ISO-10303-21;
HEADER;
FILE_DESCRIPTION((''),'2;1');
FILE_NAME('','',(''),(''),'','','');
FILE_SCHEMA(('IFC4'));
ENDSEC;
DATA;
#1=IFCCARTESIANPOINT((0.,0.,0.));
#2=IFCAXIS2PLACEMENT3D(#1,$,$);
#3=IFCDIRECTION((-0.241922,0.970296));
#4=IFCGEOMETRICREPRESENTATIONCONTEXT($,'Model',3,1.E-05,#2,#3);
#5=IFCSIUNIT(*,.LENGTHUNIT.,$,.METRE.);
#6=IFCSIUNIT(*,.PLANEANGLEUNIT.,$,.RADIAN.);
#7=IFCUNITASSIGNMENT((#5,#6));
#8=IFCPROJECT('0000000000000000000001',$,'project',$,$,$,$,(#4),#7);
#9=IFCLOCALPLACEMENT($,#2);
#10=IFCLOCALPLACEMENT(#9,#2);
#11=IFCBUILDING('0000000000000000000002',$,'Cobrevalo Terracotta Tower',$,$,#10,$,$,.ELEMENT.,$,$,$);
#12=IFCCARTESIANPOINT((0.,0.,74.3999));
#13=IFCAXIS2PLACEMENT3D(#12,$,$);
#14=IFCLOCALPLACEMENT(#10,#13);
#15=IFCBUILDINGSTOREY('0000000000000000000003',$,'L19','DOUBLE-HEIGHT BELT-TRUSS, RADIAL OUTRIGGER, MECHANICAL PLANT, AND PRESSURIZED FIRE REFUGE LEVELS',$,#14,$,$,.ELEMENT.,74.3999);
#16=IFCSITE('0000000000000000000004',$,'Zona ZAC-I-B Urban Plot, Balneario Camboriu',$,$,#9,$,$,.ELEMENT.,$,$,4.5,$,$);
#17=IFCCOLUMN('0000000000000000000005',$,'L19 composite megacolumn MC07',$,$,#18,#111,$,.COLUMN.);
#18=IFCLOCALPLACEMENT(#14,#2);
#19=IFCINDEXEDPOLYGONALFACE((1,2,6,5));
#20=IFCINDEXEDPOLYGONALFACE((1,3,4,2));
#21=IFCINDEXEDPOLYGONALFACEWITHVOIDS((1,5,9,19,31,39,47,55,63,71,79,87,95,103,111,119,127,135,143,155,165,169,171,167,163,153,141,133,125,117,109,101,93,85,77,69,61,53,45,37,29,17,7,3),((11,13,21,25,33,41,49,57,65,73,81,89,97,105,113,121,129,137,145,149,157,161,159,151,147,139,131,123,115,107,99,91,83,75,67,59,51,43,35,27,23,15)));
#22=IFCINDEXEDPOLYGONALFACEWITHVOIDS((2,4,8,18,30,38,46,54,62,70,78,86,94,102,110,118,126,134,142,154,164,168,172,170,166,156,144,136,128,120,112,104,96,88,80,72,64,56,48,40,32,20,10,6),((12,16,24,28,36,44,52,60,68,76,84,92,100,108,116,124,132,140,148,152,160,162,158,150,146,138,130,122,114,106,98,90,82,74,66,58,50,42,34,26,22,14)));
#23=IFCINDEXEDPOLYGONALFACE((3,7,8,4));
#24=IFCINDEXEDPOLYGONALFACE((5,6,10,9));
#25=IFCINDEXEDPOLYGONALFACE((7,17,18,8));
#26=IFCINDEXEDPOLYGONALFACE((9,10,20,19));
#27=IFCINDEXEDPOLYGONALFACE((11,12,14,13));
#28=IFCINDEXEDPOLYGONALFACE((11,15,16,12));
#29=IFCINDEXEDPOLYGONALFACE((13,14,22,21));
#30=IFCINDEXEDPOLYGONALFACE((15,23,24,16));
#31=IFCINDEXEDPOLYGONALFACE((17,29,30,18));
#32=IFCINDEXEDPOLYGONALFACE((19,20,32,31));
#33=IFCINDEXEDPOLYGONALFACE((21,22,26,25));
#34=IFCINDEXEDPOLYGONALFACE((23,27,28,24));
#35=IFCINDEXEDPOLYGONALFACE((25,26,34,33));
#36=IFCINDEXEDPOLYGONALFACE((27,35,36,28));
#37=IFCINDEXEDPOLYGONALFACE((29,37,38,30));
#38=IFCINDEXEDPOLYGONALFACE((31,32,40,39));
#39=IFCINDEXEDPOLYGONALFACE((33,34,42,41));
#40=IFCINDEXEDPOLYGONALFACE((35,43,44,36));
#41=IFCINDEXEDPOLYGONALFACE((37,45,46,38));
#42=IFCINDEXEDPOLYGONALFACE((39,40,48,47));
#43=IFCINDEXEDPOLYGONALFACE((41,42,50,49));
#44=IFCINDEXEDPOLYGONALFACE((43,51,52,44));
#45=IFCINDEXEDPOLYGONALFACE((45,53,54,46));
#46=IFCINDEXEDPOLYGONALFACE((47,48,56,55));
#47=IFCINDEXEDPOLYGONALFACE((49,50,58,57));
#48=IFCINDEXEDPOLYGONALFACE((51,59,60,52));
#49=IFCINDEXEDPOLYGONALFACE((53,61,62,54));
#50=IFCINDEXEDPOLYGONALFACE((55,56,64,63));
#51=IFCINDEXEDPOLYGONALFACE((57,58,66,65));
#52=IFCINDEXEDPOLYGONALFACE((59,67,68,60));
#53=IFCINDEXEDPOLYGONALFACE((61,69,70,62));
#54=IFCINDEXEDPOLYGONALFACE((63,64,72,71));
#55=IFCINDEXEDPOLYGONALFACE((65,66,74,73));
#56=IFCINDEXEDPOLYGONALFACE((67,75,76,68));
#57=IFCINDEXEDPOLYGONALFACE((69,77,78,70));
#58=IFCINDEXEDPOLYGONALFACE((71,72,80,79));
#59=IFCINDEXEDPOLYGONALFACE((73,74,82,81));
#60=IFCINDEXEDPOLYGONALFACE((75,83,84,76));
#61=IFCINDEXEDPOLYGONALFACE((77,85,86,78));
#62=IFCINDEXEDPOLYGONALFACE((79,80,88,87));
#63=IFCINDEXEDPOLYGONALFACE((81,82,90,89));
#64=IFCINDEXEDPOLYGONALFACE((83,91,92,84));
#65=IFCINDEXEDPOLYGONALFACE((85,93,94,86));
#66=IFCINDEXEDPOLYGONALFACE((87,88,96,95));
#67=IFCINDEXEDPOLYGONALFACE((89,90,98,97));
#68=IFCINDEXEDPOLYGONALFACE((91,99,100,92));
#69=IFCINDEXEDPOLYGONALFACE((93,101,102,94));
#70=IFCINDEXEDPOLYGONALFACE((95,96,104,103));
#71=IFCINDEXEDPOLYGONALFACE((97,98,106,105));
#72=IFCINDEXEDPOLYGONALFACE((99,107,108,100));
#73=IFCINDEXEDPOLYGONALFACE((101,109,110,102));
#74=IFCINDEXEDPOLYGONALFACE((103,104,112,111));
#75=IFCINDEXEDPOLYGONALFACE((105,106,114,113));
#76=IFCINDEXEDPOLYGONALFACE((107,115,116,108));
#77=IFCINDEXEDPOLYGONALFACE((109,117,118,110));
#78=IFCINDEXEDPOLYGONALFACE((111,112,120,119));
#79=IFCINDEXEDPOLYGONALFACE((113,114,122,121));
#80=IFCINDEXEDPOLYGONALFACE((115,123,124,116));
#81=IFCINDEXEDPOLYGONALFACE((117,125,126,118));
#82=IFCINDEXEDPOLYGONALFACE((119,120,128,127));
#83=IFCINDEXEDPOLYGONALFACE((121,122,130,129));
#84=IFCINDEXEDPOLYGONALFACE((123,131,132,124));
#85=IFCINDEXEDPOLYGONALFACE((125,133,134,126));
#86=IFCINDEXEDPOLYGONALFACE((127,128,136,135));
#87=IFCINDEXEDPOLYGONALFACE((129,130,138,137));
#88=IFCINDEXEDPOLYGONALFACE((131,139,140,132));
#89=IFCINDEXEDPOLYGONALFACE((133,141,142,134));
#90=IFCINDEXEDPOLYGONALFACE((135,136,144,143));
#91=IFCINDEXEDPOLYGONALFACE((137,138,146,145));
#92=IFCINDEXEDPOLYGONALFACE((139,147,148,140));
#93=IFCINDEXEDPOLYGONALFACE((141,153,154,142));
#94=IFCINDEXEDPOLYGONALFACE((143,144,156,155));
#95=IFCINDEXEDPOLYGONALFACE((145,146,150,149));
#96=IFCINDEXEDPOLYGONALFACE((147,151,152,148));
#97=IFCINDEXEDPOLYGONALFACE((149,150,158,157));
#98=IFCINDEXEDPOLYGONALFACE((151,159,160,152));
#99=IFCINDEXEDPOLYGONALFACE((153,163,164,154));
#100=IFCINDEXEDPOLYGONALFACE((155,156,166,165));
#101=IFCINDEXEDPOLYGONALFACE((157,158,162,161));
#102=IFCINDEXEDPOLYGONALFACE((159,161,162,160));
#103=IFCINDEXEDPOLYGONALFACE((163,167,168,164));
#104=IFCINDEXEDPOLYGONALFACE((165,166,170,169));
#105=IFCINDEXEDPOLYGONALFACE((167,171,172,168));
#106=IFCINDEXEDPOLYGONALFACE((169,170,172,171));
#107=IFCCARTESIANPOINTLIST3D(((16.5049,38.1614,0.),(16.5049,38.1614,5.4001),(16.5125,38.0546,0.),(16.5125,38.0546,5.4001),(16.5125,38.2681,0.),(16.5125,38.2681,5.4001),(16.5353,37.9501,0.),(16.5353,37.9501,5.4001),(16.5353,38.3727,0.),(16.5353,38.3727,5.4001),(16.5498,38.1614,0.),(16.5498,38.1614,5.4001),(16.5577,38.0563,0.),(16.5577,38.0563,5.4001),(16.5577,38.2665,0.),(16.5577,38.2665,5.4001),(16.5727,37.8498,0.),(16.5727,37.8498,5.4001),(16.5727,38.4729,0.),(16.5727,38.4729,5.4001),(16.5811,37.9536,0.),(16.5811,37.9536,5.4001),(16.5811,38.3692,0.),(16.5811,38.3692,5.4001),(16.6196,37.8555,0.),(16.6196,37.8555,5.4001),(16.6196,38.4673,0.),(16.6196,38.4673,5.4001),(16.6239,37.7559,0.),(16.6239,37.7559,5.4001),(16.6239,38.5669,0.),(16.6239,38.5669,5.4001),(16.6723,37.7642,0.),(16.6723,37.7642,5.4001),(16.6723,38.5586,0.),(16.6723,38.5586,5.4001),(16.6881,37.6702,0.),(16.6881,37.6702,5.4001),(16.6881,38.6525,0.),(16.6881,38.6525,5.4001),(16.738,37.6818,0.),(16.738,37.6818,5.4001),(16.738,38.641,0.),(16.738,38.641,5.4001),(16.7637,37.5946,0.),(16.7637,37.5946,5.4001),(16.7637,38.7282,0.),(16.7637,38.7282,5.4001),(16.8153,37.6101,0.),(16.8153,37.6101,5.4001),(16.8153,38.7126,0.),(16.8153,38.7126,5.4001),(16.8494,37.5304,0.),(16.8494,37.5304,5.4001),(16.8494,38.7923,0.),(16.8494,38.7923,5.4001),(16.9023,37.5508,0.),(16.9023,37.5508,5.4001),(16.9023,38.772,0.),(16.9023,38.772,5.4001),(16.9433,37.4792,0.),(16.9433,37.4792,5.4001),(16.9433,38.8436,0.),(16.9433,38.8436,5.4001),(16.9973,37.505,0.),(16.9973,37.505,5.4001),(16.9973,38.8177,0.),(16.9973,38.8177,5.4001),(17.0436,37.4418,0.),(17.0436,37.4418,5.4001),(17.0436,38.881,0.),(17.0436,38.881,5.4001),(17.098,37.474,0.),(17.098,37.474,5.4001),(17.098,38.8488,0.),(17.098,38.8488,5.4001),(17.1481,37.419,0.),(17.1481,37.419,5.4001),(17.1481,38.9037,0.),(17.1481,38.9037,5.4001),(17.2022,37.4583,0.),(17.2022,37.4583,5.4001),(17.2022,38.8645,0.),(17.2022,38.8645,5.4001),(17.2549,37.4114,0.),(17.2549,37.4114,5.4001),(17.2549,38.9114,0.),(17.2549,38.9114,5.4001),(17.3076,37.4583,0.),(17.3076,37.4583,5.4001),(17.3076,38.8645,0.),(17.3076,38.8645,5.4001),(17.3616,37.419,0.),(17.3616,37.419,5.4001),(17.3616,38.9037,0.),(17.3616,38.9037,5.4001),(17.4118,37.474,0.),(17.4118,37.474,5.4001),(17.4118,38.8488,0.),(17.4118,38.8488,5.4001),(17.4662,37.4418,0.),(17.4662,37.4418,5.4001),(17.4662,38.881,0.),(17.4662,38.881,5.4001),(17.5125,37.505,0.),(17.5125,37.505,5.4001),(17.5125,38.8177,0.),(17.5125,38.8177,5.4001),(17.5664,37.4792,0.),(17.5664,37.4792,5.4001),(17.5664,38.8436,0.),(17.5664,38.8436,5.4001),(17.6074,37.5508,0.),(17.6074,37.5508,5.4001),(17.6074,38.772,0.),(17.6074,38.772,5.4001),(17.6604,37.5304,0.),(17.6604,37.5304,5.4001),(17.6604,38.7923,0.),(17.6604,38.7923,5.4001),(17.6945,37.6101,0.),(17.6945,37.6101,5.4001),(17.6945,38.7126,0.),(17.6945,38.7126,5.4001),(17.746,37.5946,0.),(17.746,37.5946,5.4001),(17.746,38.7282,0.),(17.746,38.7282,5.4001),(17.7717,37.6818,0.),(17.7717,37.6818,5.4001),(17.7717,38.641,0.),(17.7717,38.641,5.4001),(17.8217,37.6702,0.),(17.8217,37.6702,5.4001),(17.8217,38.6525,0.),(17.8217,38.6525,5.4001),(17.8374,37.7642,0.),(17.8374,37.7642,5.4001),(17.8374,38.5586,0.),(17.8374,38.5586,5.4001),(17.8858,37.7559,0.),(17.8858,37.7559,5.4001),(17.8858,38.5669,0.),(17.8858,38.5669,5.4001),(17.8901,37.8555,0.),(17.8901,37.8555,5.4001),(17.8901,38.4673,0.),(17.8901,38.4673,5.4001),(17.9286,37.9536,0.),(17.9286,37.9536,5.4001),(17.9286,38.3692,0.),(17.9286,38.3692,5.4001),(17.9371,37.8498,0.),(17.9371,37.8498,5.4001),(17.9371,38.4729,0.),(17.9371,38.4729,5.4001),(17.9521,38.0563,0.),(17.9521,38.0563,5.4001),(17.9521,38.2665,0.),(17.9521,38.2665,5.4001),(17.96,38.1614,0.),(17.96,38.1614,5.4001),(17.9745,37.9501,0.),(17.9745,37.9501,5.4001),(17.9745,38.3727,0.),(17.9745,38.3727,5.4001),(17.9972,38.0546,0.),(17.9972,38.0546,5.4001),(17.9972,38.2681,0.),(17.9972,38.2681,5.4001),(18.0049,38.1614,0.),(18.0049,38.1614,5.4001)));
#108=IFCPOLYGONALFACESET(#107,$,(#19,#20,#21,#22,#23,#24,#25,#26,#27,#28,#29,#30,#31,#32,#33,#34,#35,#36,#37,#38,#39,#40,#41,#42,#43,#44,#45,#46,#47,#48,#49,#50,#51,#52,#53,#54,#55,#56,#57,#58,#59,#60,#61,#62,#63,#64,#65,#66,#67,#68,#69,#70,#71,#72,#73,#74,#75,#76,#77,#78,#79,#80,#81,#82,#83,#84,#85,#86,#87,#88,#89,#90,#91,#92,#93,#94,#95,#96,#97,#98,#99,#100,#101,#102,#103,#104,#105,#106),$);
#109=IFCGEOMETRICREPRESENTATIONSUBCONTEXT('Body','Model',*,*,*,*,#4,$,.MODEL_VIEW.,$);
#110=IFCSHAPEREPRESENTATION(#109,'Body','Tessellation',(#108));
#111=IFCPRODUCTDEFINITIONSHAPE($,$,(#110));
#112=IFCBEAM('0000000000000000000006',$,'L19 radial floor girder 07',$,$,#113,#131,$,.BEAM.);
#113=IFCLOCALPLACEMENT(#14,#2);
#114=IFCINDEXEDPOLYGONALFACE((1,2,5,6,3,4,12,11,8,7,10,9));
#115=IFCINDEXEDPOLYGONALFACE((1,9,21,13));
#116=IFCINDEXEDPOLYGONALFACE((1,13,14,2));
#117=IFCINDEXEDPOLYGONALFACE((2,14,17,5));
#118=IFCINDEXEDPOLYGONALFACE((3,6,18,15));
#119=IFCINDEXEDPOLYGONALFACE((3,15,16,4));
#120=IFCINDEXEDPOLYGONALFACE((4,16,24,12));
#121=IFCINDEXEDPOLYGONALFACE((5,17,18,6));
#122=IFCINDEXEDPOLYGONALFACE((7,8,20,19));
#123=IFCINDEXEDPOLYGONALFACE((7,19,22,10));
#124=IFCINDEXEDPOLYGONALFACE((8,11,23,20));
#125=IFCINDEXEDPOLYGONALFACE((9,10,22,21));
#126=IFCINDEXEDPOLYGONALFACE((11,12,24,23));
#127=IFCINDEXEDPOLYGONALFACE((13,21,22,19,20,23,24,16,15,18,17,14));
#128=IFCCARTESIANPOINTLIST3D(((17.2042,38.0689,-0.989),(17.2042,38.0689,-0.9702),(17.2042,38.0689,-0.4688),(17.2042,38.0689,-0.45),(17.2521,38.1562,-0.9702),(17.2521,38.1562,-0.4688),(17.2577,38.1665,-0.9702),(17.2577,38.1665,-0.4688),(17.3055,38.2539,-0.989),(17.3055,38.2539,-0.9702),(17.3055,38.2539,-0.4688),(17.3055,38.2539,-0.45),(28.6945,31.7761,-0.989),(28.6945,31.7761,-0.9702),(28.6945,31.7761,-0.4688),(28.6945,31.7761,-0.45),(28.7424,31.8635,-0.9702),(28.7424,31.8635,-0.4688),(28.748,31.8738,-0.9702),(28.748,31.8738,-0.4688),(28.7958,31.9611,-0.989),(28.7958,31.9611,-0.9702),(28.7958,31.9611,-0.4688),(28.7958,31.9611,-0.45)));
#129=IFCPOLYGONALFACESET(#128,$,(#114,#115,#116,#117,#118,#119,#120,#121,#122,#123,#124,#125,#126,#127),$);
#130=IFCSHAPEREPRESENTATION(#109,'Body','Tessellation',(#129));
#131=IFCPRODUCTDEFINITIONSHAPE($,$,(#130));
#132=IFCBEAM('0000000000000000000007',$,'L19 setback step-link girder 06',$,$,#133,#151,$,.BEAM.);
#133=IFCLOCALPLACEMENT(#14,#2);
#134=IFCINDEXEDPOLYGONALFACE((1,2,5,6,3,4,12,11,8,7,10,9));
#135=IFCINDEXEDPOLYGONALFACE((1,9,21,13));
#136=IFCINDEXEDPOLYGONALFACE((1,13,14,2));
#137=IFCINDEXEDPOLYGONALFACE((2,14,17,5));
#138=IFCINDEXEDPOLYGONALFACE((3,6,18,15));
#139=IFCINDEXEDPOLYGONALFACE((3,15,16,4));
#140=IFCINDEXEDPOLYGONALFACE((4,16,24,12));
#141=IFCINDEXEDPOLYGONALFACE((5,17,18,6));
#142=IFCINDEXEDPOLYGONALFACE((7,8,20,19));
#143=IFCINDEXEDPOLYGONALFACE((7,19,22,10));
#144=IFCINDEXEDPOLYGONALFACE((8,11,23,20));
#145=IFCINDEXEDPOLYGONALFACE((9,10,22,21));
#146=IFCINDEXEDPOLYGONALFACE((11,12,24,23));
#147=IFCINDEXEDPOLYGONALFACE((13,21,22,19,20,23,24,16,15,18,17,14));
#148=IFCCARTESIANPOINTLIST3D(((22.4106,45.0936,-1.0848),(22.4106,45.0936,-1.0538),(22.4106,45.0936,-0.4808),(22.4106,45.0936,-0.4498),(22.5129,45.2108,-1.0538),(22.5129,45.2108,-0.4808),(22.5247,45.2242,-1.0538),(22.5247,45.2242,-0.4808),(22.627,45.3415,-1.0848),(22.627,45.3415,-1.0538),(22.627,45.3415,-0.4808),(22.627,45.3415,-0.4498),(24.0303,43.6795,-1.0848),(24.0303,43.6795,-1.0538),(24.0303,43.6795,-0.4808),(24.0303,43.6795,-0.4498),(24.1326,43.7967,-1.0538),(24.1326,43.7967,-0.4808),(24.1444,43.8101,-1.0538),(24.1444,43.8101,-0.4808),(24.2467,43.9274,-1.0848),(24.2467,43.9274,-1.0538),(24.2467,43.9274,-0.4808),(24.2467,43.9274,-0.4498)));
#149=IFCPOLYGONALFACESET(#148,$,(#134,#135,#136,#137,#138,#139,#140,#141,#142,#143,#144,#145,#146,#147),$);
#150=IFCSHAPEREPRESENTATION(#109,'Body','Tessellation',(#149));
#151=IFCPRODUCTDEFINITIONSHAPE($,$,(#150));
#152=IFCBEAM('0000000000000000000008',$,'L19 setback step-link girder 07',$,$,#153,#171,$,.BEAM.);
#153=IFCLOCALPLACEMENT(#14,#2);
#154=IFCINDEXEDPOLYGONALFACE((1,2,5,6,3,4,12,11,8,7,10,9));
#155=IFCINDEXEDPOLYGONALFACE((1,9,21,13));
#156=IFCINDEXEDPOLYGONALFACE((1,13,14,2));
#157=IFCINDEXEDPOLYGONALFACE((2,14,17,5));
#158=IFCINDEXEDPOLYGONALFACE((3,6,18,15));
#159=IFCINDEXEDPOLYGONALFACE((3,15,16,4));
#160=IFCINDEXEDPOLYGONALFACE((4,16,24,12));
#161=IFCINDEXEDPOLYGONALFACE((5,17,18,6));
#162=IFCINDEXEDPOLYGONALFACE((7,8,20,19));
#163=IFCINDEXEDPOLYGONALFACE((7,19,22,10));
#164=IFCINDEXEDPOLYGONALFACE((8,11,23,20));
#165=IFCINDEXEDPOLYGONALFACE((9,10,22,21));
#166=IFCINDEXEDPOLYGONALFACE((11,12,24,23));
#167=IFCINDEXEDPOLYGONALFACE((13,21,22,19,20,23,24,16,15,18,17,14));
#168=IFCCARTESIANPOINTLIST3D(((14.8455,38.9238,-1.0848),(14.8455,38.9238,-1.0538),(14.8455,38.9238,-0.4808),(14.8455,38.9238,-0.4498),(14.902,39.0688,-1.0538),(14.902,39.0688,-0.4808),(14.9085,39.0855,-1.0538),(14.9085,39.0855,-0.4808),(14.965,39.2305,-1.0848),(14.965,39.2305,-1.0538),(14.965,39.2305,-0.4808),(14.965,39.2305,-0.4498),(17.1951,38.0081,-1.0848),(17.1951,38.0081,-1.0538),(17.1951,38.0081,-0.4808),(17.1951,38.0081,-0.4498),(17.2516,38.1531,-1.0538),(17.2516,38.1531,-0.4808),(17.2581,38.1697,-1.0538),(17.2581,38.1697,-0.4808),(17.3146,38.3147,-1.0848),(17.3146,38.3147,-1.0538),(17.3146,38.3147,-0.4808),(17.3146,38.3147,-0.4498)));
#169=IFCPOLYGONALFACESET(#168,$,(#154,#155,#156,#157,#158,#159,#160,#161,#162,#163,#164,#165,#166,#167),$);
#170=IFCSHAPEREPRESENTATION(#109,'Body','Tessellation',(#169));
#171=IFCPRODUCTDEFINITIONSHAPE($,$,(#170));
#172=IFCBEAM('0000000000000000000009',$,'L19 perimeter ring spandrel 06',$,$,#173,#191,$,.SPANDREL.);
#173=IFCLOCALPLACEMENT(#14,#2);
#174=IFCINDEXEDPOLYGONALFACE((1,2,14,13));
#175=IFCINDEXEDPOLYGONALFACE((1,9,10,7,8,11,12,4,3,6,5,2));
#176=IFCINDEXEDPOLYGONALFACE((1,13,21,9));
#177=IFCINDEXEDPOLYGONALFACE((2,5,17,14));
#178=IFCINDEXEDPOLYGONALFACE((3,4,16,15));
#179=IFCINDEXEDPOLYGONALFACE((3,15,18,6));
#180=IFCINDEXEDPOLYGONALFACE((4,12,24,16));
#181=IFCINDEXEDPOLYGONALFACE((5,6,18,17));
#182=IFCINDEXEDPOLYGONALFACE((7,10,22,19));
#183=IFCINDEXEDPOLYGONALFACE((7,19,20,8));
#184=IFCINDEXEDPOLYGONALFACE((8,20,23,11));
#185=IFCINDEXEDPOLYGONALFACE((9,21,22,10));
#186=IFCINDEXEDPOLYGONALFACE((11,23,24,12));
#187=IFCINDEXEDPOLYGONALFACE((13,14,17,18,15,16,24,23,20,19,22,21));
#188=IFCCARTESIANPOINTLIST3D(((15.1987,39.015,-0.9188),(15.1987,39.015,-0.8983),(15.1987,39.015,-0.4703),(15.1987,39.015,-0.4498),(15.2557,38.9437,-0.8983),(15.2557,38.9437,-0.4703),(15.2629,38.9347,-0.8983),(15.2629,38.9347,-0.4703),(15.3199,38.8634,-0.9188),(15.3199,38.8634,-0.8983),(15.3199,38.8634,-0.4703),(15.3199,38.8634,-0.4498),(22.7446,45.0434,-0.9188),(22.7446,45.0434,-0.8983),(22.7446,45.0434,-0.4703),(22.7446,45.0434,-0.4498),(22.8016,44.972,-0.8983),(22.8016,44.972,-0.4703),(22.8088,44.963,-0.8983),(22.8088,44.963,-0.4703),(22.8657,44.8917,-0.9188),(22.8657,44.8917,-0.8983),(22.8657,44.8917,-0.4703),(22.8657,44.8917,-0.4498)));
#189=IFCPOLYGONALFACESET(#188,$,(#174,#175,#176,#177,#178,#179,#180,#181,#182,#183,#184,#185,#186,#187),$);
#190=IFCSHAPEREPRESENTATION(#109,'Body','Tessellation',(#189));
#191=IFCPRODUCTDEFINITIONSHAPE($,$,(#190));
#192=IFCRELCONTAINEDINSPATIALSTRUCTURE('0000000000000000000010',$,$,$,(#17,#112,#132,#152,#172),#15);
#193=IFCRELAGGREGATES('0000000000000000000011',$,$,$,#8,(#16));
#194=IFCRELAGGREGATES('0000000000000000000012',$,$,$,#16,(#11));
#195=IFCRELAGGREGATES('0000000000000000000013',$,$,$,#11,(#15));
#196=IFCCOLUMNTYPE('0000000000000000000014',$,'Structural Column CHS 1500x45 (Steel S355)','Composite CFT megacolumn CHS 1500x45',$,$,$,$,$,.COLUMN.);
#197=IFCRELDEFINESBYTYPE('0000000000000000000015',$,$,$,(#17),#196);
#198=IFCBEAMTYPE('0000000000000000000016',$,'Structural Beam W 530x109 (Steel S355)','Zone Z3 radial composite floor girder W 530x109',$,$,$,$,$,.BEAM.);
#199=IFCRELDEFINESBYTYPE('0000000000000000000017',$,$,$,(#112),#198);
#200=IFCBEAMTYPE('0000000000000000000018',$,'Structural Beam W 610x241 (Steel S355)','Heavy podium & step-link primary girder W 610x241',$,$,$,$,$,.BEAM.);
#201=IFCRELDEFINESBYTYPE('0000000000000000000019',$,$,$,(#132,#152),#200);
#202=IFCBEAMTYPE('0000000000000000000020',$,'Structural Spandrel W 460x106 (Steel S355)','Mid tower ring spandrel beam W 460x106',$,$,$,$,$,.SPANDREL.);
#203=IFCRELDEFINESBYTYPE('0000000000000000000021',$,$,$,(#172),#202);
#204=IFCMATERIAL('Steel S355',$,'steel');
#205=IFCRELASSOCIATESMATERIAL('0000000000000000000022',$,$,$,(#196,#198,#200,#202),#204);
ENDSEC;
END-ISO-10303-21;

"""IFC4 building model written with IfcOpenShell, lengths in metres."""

from ifc_helpers import new_model, si_unit, direction, frame, origin, origin_2d, place, context, subcontext, project, spatial, hollow_circle, i_section, extrude, material, material_profile, profile_set, type_object, element, save


model = new_model("IFC4")

# Units and contexts
model_context = context("Model", 3, precision=1e-05, world=origin(), true_north=direction((-0.241922, 0.970296)))
body_context = subcontext(model_context, "Body", "Model", "MODEL_VIEW")
ifc_project = project(units=[si_unit("LENGTHUNIT", "METRE"), si_unit("PLANEANGLEUNIT", "RADIAN")], contexts=[model_context])

# Site, building, storey
site_placement = place(None, origin())
site = spatial("IfcSite", under=ifc_project, at=site_placement, Name="Zona ZAC-I-B Urban Plot, Balneario Camboriu", CompositionType="ELEMENT", RefElevation=4.5)
building_placement = place(site_placement, origin())
building = spatial("IfcBuilding", under=site, at=building_placement, Name="Cobrevalo Terracotta Tower", CompositionType="ELEMENT")
storey_placement = place(building_placement, frame((0.0, 0.0, 74.3999)))
storey = spatial("IfcBuildingStorey", under=building, at=storey_placement, Name="L19", Description="DOUBLE-HEIGHT BELT-TRUSS, RADIAL OUTRIGGER, MECHANICAL PLANT, AND PRESSURIZED FIRE REFUGE LEVELS", CompositionType="ELEMENT", Elevation=74.3999)

# Column
ifc_material_1 = material(Name="Steel S355", Category="steel")
ifc_material_profile_1 = material_profile(ifc_material_1, hollow_circle(Radius=0.75, WallThickness=0.0449, at=origin_2d()), Name="CHS 1500x45")
ifc_profile_set_1 = profile_set([ifc_material_profile_1], Name="Steel S355")
column_type = type_object("IfcColumnType", Name="Structural Column CHS 1500x45 (Steel S355)", Description="Composite CFT megacolumn CHS 1500x45", PredefinedType="COLUMN", material=ifc_profile_set_1)
column_placement = place(storey_placement, frame((17.2549, 38.1614, 0.0), z_axis=(0.0, 0.0, 1.0), x_axis=(1.0, 0.0, 0.0)))
element("IfcColumn", 1, at=column_placement, inside=storey, type_object=column_type, Name="L19 composite megacolumn MC07", PredefinedType="COLUMN", context=body_context, shape_type="SweptSolid", body=[
    extrude(hollow_circle(Radius=0.75, WallThickness=0.0449, at=origin_2d()), origin(), (0.0, 0.0, 1.0), 5.4001),
])

# Beams
ifc_material_profile_2 = material_profile(ifc_material_1, i_section(OverallWidth=0.2109, OverallDepth=0.5391, WebThickness=0.0117, FlangeThickness=0.0188, at=origin_2d()), Name="W 530x109")
ifc_profile_set_2 = profile_set([ifc_material_profile_2], Name="Steel S355")
beam_type_1 = type_object("IfcBeamType", Name="Structural Beam W 530x109 (Steel S355)", Description="Zone Z3 radial composite floor girder W 530x109", PredefinedType="BEAM", material=ifc_profile_set_2)
beam_1_placement = place(storey_placement, frame((17.2549, 38.1614, -0.7195), z_axis=(0.877082, -0.480341, 0.0), x_axis=(0.480341, 0.877082, 0.0)))
element("IfcBeam", 2, at=beam_1_placement, inside=storey, type_object=beam_type_1, Name="L19 radial floor girder 07", PredefinedType="BEAM", context=body_context, shape_type="SweptSolid", body=[
    extrude(i_section(OverallWidth=0.2109, OverallDepth=0.5391, WebThickness=0.0117, FlangeThickness=0.0188, at=origin_2d()), origin(), (0.0, 0.0, 1.0), 13.1006),
])
ifc_material_profile_3 = material_profile(ifc_material_1, i_section(OverallWidth=0.3291, OverallDepth=0.635, WebThickness=0.0178, FlangeThickness=0.031, at=origin_2d()), Name="W 610x241")
ifc_profile_set_3 = profile_set([ifc_material_profile_3], Name="Steel S355")
beam_type_2 = type_object("IfcBeamType", Name="Structural Beam W 610x241 (Steel S355)", Description="Heavy podium & step-link primary girder W 610x241", PredefinedType="BEAM", material=ifc_profile_set_3)
beam_2_placement = place(storey_placement, frame((22.5188, 45.2175, -0.7673), z_axis=(0.753294, -0.657684, 0.0), x_axis=(0.657684, 0.753294, 0.0)))
element("IfcBeam", 3, at=beam_2_placement, inside=storey, type_object=beam_type_2, Name="L19 setback step-link girder 06", PredefinedType="BEAM", context=body_context, shape_type="SweptSolid", body=[
    extrude(i_section(OverallWidth=0.3291, OverallDepth=0.635, WebThickness=0.0178, FlangeThickness=0.031, at=origin_2d()), origin(), (0.0, 0.0, 1.0), 2.1501),
])
beam_3_placement = place(storey_placement, frame((14.9053, 39.0771, -0.7673), z_axis=(0.931732, -0.363147, 0.0), x_axis=(0.363147, 0.931732, 0.0)))
element("IfcBeam", 4, at=beam_3_placement, inside=storey, type_object=beam_type_2, Name="L19 setback step-link girder 07", PredefinedType="BEAM", context=body_context, shape_type="SweptSolid", body=[
    extrude(i_section(OverallWidth=0.3291, OverallDepth=0.635, WebThickness=0.0178, FlangeThickness=0.031, at=origin_2d()), origin(), (0.0, 0.0, 1.0), 2.5217),
])
ifc_material_profile_4 = material_profile(ifc_material_1, i_section(OverallWidth=0.1941, OverallDepth=0.469, WebThickness=0.0115, FlangeThickness=0.0205, at=origin_2d()), Name="W 460x106")
ifc_profile_set_4 = profile_set([ifc_material_profile_4], Name="Steel S355")
beam_type_3 = type_object("IfcBeamType", Name="Structural Spandrel W 460x106 (Steel S355)", Description="Mid tower ring spandrel beam W 460x106", PredefinedType="SPANDREL", material=ifc_profile_set_4)
beam_4_placement = place(storey_placement, frame((22.8052, 44.9675, -0.6843), z_axis=(-0.781293, -0.624165, 0.0), x_axis=(0.624165, -0.781293, 0.0)))
element("IfcBeam", 5, at=beam_4_placement, inside=storey, type_object=beam_type_3, Name="L19 perimeter ring spandrel 06", PredefinedType="SPANDREL", context=body_context, shape_type="SweptSolid", body=[
    extrude(i_section(OverallWidth=0.1941, OverallDepth=0.469, WebThickness=0.0115, FlangeThickness=0.0205, at=origin_2d()), origin(), (0.0, 0.0, 1.0), 9.6582),
])

save(model, "model.ifc")
